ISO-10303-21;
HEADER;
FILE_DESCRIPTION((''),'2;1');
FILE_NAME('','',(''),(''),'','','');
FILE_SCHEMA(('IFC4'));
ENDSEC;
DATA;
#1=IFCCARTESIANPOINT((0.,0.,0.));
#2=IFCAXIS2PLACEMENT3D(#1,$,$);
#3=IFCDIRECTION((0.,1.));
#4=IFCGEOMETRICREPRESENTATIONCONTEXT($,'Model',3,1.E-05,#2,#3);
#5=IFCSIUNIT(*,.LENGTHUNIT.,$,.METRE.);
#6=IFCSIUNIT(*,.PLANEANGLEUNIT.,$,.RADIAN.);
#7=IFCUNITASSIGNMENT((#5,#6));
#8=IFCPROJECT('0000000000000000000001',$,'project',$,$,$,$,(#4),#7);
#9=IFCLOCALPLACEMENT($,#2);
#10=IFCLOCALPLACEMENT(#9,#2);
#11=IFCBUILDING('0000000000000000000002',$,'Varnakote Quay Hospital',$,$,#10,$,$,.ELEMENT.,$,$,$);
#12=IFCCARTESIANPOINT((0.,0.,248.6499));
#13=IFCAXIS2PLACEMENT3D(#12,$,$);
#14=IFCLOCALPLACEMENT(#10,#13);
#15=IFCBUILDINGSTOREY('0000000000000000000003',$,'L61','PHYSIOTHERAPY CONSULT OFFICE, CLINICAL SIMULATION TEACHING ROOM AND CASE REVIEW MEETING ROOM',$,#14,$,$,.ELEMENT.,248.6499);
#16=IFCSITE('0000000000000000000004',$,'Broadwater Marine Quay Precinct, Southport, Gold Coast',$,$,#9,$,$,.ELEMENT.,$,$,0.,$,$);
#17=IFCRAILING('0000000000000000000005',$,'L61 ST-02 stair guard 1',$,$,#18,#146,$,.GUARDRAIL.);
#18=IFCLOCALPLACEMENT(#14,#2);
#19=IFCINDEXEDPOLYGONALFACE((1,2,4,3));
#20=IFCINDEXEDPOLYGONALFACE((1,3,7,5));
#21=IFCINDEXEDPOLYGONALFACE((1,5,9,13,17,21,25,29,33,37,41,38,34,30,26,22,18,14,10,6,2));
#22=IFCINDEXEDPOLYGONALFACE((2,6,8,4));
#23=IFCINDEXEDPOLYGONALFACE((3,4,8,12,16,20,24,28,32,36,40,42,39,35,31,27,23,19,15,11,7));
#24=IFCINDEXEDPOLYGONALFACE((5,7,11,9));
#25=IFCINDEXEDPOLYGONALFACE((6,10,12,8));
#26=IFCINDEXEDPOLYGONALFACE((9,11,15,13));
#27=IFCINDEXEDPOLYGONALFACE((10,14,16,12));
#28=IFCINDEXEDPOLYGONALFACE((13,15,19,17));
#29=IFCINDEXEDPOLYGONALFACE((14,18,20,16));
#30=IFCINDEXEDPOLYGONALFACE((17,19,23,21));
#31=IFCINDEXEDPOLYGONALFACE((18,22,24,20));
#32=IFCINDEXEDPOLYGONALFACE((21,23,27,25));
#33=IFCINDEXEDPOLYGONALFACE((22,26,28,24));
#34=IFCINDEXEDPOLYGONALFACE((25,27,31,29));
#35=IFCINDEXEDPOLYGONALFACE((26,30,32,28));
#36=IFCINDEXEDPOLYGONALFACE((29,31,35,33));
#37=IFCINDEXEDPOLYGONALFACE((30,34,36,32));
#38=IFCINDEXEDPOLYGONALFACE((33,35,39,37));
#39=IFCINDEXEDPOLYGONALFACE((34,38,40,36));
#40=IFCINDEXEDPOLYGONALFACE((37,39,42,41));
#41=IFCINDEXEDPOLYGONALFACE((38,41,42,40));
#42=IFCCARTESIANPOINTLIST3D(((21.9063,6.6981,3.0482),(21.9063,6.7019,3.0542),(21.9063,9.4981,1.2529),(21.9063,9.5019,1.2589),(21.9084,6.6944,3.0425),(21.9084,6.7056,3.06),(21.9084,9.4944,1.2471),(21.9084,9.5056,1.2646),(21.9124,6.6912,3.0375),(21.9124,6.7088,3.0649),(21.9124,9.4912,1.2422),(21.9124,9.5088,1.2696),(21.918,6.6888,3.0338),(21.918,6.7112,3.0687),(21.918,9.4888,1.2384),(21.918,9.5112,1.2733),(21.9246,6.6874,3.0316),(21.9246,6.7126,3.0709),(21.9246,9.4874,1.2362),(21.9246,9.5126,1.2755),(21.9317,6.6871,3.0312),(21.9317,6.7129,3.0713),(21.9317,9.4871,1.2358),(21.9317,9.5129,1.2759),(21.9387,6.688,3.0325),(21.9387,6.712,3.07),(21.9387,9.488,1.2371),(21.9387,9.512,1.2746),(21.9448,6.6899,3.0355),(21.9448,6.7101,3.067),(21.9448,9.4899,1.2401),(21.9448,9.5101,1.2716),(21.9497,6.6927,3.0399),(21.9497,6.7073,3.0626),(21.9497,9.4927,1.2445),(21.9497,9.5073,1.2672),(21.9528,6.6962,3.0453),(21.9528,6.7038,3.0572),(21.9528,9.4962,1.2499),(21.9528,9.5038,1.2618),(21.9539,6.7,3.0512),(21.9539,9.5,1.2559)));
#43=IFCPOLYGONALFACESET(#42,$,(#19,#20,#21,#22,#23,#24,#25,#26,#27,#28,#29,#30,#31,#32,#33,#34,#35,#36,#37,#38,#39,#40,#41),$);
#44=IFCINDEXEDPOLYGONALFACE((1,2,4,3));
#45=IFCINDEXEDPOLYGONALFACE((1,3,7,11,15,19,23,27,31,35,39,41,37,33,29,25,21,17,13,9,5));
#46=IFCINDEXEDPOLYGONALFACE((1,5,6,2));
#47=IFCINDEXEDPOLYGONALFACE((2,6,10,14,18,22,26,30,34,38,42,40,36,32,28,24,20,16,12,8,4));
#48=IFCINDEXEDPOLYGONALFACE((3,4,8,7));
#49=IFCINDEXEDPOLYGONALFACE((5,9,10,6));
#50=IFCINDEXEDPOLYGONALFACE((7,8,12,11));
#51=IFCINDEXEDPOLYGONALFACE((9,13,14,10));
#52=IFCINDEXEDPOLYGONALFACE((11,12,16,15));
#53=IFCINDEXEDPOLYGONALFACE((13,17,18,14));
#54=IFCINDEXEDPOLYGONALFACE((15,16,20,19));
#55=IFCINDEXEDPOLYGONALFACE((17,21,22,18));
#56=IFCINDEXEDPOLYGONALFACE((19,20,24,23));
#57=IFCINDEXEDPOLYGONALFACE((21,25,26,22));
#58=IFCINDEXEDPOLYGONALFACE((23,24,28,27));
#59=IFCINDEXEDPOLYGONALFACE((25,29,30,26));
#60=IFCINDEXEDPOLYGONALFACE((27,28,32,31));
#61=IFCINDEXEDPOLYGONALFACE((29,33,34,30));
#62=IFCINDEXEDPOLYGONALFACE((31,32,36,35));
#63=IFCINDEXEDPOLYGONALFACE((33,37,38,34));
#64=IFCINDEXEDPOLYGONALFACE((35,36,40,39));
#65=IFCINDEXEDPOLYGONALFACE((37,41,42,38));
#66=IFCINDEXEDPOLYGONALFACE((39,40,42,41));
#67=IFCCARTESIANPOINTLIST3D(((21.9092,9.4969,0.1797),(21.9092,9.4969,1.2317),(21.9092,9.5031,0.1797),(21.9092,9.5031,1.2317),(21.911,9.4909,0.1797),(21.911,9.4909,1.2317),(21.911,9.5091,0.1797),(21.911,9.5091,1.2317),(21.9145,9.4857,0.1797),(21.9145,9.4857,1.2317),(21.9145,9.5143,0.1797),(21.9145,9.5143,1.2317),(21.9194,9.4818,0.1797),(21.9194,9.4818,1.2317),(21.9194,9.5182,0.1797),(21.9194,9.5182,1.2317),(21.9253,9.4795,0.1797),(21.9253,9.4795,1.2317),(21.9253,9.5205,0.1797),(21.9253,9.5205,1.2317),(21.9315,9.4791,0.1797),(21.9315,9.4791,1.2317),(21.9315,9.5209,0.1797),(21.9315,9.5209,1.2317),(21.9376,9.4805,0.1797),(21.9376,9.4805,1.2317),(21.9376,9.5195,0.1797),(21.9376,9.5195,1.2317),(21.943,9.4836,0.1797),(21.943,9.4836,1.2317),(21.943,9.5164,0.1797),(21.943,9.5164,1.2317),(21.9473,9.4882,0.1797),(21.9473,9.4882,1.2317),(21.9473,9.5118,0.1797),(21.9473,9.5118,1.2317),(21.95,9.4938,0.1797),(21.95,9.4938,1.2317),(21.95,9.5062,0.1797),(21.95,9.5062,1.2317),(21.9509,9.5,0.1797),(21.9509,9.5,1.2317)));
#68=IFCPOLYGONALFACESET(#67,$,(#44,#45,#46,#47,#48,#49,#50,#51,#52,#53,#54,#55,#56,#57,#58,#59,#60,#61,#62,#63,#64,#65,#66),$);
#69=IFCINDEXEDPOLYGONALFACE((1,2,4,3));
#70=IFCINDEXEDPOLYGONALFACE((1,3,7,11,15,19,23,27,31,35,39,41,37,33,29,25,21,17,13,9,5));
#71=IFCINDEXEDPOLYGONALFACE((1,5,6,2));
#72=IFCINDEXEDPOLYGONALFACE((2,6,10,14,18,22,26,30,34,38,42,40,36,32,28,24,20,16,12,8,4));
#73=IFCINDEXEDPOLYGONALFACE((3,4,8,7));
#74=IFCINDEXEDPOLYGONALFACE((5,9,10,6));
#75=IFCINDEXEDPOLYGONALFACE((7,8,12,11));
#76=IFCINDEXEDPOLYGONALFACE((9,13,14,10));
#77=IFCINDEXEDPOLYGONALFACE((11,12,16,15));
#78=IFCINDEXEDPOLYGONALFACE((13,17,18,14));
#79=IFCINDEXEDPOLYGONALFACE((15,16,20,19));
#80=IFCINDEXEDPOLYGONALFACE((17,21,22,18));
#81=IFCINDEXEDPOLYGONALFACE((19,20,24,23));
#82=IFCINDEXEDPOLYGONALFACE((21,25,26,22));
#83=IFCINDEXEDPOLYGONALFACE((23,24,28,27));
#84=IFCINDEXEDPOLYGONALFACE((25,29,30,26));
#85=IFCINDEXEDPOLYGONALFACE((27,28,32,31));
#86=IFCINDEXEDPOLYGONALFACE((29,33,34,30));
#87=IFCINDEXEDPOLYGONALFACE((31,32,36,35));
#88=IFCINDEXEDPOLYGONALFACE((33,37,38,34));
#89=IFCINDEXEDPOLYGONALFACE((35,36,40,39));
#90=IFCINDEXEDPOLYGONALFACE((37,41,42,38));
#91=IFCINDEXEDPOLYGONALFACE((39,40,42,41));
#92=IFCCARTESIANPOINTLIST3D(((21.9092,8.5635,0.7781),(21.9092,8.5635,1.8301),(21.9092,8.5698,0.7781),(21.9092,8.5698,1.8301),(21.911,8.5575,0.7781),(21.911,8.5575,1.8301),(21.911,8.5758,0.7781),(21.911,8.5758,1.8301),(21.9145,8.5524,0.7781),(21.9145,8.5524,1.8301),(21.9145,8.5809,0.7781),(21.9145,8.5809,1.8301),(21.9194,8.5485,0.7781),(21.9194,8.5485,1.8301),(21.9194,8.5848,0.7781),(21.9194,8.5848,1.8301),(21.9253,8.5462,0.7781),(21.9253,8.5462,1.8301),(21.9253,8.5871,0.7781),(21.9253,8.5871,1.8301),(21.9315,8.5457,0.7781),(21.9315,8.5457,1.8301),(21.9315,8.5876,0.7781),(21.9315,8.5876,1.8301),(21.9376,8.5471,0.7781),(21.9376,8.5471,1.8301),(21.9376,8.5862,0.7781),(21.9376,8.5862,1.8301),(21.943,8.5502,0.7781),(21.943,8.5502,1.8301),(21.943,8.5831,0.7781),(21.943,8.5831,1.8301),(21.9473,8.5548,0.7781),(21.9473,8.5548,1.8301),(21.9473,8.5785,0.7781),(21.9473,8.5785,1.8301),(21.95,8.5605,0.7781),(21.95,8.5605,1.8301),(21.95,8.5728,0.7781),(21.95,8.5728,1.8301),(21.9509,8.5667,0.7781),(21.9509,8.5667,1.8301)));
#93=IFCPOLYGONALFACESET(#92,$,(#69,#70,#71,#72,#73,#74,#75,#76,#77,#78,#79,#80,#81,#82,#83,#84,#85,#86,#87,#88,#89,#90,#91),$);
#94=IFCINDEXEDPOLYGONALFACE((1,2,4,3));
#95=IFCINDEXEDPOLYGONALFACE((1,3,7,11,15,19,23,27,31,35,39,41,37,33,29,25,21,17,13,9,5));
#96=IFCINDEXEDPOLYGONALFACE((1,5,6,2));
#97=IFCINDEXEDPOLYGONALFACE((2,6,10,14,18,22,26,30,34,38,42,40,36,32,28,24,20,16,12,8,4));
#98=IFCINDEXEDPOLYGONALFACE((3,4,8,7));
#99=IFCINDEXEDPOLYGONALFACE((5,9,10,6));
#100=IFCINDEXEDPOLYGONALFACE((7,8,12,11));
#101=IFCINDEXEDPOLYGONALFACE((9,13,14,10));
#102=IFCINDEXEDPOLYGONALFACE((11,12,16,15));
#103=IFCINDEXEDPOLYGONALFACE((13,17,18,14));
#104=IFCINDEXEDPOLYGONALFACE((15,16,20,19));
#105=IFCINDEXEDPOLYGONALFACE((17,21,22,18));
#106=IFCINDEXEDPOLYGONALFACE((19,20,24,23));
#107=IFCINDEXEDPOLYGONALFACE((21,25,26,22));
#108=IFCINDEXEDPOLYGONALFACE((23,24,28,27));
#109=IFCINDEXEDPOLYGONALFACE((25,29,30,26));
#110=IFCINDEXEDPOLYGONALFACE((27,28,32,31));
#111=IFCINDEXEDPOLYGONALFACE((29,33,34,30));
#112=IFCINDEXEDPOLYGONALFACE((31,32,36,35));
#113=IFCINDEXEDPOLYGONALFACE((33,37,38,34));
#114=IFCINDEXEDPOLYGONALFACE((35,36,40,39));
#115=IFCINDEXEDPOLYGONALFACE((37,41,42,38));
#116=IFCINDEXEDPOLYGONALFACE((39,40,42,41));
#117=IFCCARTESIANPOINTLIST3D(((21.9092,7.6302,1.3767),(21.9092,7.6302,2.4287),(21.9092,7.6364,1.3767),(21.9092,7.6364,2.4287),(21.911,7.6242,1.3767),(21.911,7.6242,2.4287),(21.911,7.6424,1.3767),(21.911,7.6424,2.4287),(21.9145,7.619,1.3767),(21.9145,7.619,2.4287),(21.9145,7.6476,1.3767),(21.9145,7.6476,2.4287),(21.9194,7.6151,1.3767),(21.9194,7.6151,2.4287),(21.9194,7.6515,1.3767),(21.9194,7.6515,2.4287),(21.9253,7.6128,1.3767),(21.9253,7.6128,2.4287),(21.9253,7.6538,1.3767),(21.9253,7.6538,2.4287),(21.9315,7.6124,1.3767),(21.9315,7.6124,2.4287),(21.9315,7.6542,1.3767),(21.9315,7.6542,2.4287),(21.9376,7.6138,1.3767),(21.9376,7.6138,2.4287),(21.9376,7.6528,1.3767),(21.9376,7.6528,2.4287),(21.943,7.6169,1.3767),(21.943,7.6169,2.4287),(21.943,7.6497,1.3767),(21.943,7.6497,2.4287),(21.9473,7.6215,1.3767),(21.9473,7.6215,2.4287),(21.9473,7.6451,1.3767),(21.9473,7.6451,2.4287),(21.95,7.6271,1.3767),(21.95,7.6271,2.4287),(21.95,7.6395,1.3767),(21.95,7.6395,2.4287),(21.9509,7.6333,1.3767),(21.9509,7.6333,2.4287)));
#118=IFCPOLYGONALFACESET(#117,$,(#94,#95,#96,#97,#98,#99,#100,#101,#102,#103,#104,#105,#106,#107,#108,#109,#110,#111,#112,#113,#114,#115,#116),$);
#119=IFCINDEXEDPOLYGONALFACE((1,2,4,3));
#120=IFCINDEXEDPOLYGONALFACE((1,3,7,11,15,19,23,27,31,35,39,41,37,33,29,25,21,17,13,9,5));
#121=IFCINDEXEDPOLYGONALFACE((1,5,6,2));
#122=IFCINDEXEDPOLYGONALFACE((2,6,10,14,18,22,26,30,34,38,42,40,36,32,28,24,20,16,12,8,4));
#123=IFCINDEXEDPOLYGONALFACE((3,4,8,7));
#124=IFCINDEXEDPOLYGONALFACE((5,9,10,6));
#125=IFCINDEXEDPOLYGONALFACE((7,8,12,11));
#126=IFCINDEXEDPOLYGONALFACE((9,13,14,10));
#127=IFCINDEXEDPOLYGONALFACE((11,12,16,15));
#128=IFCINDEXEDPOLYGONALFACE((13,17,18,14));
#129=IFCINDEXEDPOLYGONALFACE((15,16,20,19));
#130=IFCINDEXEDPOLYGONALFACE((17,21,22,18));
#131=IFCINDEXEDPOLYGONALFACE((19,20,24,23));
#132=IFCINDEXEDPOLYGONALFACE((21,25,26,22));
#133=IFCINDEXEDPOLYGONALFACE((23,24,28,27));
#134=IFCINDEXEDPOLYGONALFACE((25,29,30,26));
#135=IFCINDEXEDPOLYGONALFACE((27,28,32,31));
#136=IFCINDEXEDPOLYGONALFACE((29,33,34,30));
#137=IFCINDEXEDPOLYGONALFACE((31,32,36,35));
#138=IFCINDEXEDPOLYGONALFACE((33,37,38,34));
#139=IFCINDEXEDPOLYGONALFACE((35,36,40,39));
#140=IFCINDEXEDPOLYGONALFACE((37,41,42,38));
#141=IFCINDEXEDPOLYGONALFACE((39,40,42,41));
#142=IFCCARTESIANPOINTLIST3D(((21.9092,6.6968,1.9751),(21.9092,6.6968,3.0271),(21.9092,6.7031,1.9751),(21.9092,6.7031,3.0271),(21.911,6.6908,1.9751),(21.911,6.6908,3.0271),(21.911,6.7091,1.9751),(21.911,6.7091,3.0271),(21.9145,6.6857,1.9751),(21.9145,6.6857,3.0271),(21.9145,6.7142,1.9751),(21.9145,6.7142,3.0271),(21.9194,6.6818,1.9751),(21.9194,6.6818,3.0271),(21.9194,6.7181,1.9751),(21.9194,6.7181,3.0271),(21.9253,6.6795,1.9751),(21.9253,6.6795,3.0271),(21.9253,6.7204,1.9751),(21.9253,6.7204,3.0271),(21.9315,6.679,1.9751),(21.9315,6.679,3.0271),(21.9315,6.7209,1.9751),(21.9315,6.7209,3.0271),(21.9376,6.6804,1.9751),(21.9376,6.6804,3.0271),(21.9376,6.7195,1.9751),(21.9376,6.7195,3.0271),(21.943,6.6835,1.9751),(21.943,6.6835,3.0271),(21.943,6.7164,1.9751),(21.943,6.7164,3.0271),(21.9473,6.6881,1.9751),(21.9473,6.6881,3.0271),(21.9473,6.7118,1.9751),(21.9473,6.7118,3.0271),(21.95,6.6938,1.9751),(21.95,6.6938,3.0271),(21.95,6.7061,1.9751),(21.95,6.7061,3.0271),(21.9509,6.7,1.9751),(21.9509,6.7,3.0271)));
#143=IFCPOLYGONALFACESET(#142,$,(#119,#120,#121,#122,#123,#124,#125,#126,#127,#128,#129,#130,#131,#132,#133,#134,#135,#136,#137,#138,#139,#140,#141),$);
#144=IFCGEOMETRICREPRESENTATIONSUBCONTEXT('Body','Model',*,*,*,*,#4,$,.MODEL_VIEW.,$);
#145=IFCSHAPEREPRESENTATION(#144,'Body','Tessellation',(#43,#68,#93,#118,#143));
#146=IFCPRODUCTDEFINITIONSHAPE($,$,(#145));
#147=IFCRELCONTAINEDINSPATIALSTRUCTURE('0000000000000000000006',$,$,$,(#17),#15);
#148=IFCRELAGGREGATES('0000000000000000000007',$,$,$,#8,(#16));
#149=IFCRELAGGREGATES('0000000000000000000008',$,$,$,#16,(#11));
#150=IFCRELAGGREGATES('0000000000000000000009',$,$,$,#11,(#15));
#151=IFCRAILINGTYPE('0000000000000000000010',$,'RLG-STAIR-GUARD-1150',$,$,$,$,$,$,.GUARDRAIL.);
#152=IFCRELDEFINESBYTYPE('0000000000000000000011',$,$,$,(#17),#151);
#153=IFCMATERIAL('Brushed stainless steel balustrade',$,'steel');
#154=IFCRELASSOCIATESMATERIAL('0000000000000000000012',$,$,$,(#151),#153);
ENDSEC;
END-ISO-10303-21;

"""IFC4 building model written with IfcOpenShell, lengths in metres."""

from ifc_helpers import new_model, si_unit, direction, frame, origin, origin_2d, place, context, subcontext, project, spatial, circle, extrude, material, type_object, element, save


model = new_model("IFC4")

# Units and contexts
model_context = context("Model", 3, precision=1e-05, world=origin(), true_north=direction((0.0, 1.0)))
body_context = subcontext(model_context, "Body", "Model", "MODEL_VIEW")
ifc_project = project(units=[si_unit("LENGTHUNIT", "METRE"), si_unit("PLANEANGLEUNIT", "RADIAN")], contexts=[model_context])

# Site, building, storey
site_placement = place(None, origin())
site = spatial("IfcSite", under=ifc_project, at=site_placement, Name="Broadwater Marine Quay Precinct, Southport, Gold Coast", CompositionType="ELEMENT", RefElevation=0.0)
building_placement = place(site_placement, origin())
building = spatial("IfcBuilding", under=site, at=building_placement, Name="Varnakote Quay Hospital", CompositionType="ELEMENT")
storey_placement = place(building_placement, frame((0.0, 0.0, 248.6499)))
storey = spatial("IfcBuildingStorey", under=building, at=storey_placement, Name="L61", Description="PHYSIOTHERAPY CONSULT OFFICE, CLINICAL SIMULATION TEACHING ROOM AND CASE REVIEW MEETING ROOM", CompositionType="ELEMENT", Elevation=248.6499)

# Railing
ifc_material_1 = material(Name="Brushed stainless steel balustrade", Category="steel")
railing_type_1 = type_object("IfcRailingType", Name="RLG-STAIR-GUARD-1150", PredefinedType="GUARDRAIL", material=ifc_material_1)
railing_1_placement = place(storey_placement, frame((21.9299, 9.5, 0.1797)))
element("IfcRailing", 1, at=railing_1_placement, inside=storey, type_object=railing_type_1, Name="L61 ST-02 stair guard 1", PredefinedType="GUARDRAIL", context=body_context, shape_type="SweptSolid", body=[
    extrude(circle(Radius=0.0239, at=origin_2d()), frame((0.0, 0.0, 1.0762), z_axis=(0.0, -0.84181, 0.539774), x_axis=(1.0, 0.0, 0.0)), (0.0, 0.0, 1.0), 3.3262),
    extrude(circle(Radius=0.021, at=origin_2d()), origin(), (0.0, 0.0, 1.0), 1.052),
    extrude(circle(Radius=0.021, at=origin_2d()), frame((0.0, -0.9333, 0.5984)), (0.0, 0.0, 1.0), 1.052),
    extrude(circle(Radius=0.021, at=origin_2d()), frame((0.0, -1.8667, 1.197)), (0.0, 0.0, 1.0), 1.052),
    extrude(circle(Radius=0.021, at=origin_2d()), frame((0.0, -2.8, 1.7954)), (0.0, 0.0, 1.0), 1.052),
])

save(model, "model.ifc")
